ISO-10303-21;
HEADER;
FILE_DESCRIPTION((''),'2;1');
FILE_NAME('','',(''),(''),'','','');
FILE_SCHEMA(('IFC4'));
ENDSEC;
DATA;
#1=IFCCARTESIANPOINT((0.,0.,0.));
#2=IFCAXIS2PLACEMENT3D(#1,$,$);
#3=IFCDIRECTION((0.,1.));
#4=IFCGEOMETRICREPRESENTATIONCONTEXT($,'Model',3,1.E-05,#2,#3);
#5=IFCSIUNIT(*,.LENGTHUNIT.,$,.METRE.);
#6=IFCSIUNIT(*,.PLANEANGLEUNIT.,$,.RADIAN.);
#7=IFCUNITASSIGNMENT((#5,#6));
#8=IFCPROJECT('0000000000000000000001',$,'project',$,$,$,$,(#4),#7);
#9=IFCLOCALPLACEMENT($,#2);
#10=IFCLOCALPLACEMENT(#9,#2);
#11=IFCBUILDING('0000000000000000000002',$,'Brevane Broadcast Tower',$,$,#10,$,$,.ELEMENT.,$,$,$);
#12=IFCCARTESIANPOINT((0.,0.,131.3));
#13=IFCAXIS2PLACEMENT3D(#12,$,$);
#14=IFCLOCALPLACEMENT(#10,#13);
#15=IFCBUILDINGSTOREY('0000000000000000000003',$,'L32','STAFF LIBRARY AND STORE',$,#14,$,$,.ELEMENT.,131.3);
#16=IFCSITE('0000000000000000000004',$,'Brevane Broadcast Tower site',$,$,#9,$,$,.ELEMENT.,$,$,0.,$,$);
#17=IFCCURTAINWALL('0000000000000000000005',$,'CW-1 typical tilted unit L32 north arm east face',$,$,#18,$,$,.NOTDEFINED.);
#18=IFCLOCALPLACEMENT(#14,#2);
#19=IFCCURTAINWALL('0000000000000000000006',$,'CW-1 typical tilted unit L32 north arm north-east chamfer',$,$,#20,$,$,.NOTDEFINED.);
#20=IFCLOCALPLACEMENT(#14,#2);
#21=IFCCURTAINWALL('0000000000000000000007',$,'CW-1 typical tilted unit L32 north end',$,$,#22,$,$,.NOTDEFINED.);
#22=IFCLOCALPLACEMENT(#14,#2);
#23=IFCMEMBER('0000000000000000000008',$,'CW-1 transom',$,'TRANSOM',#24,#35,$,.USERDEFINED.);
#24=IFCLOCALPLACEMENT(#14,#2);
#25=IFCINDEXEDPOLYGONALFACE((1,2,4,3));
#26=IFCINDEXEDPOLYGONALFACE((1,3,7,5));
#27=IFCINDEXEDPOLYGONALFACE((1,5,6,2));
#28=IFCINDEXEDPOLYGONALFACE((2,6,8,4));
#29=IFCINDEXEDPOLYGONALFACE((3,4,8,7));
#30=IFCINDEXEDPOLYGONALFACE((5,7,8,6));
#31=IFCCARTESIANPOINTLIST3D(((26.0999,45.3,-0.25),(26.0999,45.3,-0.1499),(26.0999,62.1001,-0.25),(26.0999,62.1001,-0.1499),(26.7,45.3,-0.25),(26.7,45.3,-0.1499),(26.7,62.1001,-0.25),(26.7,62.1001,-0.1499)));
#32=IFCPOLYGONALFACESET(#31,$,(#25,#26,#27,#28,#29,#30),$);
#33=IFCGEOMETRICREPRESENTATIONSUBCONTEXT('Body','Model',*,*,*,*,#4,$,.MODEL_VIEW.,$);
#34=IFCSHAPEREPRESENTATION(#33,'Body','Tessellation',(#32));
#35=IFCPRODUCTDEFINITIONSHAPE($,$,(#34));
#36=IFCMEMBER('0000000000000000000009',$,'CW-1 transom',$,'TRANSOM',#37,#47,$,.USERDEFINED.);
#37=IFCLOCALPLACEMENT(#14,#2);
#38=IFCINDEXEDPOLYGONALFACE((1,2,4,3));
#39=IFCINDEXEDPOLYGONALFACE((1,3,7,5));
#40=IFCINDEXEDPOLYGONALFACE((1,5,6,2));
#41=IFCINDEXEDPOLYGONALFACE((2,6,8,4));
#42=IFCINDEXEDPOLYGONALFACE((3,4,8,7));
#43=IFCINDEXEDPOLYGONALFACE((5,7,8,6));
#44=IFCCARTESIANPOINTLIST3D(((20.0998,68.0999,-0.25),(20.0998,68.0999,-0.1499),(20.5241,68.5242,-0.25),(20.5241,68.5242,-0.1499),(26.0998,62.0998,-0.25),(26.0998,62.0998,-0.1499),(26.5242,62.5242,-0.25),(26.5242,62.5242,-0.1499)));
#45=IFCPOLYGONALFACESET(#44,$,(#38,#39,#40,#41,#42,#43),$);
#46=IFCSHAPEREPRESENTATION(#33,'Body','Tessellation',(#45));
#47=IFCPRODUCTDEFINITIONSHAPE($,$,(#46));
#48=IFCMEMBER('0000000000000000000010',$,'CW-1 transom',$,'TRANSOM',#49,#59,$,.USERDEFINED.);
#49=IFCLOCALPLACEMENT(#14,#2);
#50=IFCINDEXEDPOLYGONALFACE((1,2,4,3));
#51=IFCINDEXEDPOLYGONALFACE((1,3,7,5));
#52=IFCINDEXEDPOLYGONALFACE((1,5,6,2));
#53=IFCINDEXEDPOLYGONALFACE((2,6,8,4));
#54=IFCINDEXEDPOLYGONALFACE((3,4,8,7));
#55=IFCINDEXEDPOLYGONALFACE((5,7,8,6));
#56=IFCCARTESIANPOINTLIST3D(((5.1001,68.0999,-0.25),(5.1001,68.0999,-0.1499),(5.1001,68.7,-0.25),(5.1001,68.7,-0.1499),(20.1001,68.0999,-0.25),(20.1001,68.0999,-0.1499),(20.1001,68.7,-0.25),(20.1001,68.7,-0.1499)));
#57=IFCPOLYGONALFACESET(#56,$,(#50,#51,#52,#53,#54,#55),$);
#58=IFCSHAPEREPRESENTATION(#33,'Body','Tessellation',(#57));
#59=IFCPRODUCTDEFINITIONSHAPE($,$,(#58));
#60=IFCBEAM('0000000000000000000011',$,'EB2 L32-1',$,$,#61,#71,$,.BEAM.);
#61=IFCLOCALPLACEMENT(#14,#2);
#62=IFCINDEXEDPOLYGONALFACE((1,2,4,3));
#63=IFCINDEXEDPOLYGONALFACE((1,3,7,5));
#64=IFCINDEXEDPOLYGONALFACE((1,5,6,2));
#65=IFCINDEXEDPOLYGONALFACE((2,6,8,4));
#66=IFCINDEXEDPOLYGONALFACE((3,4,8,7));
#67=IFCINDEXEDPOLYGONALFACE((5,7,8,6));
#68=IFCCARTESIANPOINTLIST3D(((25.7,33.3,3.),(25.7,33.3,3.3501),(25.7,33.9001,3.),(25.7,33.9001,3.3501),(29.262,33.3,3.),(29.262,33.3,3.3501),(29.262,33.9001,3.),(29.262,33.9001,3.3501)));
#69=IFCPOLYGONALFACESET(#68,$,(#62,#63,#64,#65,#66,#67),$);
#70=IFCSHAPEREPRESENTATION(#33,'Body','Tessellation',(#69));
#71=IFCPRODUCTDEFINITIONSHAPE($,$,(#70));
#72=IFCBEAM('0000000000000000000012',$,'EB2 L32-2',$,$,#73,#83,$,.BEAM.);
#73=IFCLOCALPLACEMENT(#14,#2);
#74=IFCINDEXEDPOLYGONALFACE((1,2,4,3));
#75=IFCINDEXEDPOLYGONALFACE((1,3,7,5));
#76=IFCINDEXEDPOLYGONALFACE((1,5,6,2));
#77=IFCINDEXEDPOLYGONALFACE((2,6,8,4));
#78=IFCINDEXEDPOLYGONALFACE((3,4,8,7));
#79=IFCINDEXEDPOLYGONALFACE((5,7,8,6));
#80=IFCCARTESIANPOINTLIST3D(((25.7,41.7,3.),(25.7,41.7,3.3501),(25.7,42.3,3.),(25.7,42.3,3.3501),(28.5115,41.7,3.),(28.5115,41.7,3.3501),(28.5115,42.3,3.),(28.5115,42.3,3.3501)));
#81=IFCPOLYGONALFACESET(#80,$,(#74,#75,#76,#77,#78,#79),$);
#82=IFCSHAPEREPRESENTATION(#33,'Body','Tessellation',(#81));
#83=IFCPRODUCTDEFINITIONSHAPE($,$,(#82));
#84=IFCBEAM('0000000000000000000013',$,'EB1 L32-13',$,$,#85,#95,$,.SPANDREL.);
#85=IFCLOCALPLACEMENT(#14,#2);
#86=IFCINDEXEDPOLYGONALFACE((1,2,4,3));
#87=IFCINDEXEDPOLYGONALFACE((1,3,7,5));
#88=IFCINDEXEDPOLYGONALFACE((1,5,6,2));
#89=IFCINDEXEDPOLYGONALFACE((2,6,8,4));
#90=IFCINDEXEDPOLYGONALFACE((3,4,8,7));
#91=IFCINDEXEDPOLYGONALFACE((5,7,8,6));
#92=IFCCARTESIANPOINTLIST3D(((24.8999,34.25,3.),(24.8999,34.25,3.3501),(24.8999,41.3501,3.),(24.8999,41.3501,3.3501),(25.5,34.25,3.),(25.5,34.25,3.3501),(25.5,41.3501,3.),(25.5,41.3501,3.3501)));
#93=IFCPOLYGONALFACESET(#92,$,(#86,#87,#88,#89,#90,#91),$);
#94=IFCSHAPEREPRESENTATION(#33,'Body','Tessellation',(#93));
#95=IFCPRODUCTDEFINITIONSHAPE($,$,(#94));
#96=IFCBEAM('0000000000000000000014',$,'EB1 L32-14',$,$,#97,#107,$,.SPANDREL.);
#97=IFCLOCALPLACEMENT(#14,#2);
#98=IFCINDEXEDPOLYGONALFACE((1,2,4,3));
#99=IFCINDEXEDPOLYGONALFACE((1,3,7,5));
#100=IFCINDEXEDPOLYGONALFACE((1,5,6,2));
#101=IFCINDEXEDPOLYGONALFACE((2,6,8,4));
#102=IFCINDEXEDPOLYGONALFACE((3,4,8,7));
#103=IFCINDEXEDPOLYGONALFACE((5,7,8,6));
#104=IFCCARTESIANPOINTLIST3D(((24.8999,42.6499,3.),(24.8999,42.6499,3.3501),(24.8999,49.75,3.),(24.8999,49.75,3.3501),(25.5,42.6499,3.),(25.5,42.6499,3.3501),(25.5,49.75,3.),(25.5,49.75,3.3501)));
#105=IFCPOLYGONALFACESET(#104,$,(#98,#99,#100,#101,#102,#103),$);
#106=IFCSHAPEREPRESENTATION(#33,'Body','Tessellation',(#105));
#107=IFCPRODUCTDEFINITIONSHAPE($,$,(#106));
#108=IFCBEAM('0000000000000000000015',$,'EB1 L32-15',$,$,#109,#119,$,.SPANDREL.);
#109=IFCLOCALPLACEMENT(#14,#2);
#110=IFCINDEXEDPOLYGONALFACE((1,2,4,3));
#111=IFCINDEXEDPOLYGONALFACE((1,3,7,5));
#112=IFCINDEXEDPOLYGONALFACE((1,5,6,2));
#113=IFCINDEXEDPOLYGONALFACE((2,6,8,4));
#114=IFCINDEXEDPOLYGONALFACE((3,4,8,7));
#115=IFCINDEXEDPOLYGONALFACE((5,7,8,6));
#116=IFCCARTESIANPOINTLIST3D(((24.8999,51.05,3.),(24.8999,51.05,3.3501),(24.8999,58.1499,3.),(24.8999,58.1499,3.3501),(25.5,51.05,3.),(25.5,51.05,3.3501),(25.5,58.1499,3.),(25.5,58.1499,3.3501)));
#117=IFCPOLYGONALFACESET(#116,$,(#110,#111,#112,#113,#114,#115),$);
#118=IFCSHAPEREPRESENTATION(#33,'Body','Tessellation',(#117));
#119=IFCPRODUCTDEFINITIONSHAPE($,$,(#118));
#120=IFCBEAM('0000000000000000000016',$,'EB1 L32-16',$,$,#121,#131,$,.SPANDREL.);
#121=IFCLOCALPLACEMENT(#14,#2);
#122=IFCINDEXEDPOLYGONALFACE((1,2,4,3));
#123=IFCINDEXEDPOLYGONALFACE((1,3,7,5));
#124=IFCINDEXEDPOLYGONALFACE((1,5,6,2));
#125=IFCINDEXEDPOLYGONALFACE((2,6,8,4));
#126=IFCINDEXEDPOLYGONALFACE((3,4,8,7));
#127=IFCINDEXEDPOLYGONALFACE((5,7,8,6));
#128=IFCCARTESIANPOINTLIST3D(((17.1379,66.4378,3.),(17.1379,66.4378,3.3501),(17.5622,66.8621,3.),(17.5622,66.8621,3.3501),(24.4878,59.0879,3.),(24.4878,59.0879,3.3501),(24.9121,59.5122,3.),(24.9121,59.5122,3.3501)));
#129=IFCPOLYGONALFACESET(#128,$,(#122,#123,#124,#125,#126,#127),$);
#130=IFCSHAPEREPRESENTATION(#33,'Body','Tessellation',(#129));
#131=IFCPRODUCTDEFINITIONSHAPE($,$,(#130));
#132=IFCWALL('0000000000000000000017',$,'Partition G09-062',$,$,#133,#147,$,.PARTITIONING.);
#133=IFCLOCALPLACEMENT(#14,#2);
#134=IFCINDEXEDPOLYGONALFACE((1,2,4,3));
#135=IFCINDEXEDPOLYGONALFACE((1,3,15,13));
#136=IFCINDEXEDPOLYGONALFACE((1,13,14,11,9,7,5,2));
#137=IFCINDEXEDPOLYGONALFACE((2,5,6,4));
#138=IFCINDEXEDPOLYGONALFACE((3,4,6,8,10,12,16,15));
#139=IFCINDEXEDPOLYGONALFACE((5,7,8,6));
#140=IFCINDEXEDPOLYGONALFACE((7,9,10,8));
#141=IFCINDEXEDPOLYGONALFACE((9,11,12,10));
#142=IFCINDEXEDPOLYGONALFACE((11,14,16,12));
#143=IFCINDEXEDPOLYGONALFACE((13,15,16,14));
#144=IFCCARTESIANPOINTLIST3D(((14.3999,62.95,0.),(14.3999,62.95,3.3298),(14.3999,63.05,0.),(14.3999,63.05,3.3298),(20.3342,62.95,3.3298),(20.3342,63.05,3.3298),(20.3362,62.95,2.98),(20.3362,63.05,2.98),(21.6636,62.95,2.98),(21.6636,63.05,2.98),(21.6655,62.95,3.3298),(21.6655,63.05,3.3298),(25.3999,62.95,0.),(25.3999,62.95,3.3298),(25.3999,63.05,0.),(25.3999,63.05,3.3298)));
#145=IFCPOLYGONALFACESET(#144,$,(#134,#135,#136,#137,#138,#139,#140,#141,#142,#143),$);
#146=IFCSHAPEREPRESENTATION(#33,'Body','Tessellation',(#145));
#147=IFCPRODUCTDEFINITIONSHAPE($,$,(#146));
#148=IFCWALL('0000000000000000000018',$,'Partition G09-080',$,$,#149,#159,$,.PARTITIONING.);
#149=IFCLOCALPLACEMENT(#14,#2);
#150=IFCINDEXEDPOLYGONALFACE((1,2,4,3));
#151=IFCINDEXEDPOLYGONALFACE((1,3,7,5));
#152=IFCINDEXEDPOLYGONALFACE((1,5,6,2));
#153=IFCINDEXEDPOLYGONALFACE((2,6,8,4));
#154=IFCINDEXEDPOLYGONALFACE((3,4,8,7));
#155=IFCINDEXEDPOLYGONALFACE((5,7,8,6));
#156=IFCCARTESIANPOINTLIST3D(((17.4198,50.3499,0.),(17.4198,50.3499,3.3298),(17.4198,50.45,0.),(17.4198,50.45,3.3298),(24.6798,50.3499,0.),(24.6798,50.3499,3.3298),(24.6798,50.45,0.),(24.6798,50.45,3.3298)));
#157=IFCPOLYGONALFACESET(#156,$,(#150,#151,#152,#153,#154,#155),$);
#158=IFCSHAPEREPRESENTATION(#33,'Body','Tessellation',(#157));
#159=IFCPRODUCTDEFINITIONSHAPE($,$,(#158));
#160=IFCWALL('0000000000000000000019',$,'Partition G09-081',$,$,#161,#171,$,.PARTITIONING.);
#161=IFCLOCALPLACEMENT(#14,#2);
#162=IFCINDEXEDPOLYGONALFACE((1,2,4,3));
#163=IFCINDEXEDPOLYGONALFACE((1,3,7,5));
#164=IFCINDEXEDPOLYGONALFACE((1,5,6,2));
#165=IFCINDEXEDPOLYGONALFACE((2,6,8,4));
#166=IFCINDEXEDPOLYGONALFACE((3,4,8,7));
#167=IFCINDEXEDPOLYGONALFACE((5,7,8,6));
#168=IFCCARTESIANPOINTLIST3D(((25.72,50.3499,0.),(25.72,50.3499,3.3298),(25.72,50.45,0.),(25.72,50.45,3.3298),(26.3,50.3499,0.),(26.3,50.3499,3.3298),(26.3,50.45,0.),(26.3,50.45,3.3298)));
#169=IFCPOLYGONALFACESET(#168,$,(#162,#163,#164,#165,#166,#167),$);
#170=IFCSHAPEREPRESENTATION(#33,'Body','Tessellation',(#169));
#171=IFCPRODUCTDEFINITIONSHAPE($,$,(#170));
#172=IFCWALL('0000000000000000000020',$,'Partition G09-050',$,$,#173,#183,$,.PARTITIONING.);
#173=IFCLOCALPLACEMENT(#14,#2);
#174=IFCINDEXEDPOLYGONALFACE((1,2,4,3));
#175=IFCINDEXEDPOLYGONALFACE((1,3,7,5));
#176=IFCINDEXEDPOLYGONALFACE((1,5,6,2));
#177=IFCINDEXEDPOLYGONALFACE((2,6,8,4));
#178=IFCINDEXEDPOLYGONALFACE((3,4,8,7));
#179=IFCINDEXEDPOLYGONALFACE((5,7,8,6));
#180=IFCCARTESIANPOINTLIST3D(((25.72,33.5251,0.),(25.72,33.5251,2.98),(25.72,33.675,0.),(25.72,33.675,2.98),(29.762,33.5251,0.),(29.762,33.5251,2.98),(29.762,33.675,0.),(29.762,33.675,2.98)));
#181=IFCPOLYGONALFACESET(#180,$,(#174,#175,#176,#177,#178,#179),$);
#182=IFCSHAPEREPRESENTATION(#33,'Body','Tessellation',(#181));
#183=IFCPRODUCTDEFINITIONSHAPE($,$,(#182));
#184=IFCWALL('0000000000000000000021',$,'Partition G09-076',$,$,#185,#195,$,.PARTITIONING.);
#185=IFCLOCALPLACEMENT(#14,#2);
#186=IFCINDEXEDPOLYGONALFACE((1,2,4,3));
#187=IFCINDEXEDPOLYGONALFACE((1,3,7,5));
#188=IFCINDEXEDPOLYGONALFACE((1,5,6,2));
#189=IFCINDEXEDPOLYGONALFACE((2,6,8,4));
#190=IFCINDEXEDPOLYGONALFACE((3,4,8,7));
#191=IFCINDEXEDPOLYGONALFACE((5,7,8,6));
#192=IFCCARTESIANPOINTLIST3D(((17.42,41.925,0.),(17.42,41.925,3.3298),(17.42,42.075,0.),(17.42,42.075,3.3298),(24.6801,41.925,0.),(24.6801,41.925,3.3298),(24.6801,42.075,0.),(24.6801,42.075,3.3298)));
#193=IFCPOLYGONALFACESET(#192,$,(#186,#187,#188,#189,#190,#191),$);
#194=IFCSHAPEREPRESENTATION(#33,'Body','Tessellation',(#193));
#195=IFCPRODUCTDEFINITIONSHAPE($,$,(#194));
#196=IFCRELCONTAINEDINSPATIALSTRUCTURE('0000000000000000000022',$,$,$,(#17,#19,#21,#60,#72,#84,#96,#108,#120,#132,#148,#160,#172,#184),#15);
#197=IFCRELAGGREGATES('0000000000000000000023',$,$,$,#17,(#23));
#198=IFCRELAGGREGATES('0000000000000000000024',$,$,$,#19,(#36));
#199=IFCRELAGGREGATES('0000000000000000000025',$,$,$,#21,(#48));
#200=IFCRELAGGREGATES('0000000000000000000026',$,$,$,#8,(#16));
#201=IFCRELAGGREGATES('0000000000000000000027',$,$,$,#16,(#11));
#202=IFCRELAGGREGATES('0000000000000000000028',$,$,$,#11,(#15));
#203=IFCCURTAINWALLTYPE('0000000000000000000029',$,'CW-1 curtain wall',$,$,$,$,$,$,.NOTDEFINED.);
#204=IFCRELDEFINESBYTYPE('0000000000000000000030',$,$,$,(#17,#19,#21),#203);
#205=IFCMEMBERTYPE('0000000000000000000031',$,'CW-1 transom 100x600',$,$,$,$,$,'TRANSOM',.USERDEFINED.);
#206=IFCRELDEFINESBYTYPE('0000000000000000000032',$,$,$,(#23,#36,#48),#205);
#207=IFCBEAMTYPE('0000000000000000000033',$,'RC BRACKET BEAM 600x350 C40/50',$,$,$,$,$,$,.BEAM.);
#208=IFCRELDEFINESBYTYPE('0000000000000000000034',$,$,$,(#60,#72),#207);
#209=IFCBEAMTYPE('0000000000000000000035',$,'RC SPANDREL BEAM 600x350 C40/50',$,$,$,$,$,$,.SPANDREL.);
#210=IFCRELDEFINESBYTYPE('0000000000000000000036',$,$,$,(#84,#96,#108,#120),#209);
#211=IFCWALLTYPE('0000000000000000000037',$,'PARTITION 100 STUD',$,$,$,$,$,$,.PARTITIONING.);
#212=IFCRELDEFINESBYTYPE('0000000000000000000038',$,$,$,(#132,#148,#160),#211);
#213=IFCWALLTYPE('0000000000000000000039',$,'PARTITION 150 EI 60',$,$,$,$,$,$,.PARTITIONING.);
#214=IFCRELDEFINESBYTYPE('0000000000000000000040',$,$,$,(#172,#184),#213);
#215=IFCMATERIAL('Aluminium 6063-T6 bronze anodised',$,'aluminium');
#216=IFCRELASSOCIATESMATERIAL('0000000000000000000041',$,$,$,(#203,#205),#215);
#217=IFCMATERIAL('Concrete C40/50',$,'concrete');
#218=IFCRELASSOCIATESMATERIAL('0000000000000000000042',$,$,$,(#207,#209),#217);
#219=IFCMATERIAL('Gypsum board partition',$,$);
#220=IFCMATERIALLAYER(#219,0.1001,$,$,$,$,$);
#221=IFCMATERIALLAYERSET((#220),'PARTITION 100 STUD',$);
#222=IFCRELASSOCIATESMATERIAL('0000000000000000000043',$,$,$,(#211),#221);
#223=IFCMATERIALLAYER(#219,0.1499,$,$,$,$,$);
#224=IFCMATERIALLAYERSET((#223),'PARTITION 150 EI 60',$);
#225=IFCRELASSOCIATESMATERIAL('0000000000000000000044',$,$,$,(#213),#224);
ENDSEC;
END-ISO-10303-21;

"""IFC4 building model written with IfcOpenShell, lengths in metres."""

from ifc_helpers import new_model, si_unit, direction, frame, frame_2d, origin, origin_2d, place, context, subcontext, project, spatial, polyline, rectangle, outline, extrude, material, layer, layer_set, material_profile, profile_set, type_object, element, aggregate, save


model = new_model("IFC4")

# Units and contexts
model_context = context("Model", 3, precision=1e-05, world=origin(), true_north=direction((0.0, 1.0)))
body_context = subcontext(model_context, "Body", "Model", "MODEL_VIEW")
ifc_project = project(units=[si_unit("LENGTHUNIT", "METRE"), si_unit("PLANEANGLEUNIT", "RADIAN")], contexts=[model_context])

# Site, building, storey
site_placement = place(None, origin())
site = spatial("IfcSite", under=ifc_project, at=site_placement, Name="Brevane Broadcast Tower site", CompositionType="ELEMENT", RefElevation=0.0)
building_placement = place(site_placement, origin())
building = spatial("IfcBuilding", under=site, at=building_placement, Name="Brevane Broadcast Tower", CompositionType="ELEMENT")
storey_placement = place(building_placement, frame((0.0, 0.0, 131.3)))
storey = spatial("IfcBuildingStorey", under=building, at=storey_placement, Name="L32", Description="STAFF LIBRARY AND STORE", CompositionType="ELEMENT", Elevation=131.3)

# Curtain walls
ifc_material_1 = material(Name="Aluminium 6063-T6 bronze anodised", Category="aluminium")
curtain_wall_type = type_object("IfcCurtainWallType", Name="CW-1 curtain wall", PredefinedType="NOTDEFINED", material=ifc_material_1)
curtain_wall_1_placement = place(storey_placement, origin())
curtain_wall_1 = element("IfcCurtainWall", 1, at=curtain_wall_1_placement, inside=storey, type_object=curtain_wall_type, Name="CW-1 typical tilted unit L32 north arm east face", PredefinedType="NOTDEFINED")
curtain_wall_2_placement = place(storey_placement, origin())
curtain_wall_2 = element("IfcCurtainWall", 2, at=curtain_wall_2_placement, inside=storey, type_object=curtain_wall_type, Name="CW-1 typical tilted unit L32 north arm north-east chamfer", PredefinedType="NOTDEFINED")

# Curtain wall
curtain_wall_3_placement = place(storey_placement, origin())
curtain_wall_3 = element("IfcCurtainWall", 3, at=curtain_wall_3_placement, inside=storey, type_object=curtain_wall_type, Name="CW-1 typical tilted unit L32 north end", PredefinedType="NOTDEFINED")

# Members
ifc_material_profile_1 = material_profile(ifc_material_1, rectangle(XDim=0.6001, YDim=0.1001, at=origin_2d()), Name="RECT 100x600")
ifc_profile_set_1 = profile_set([ifc_material_profile_1], Name="Aluminium 6063-T6 bronze anodised")
member_type_1 = type_object("IfcMemberType", Name="CW-1 transom 100x600", ElementType="TRANSOM", PredefinedType="USERDEFINED", material=ifc_profile_set_1)
member_1_placement = place(storey_placement, frame((26.3999, 45.3, -0.2), z_axis=(0.0, 1.0, 0.0), x_axis=(-1.0, 0.0, 0.0)))
member_1 = element("IfcMember", 4, at=member_1_placement, type_object=member_type_1, Name="CW-1 transom", ObjectType="TRANSOM", PredefinedType="USERDEFINED", context=body_context, shape_type="SweptSolid", body=[
    extrude(rectangle(XDim=0.6001, YDim=0.1001, at=origin_2d()), origin(), (0.0, 0.0, 1.0), 16.8),
])
aggregate(curtain_wall_1, [member_1])
member_2_placement = place(storey_placement, frame((26.312, 62.312, -0.2), z_axis=(-0.707107, 0.707107, 0.0), x_axis=(-0.707107, -0.707107, 0.0)))
member_2 = element("IfcMember", 5, at=member_2_placement, type_object=member_type_1, Name="CW-1 transom", ObjectType="TRANSOM", PredefinedType="USERDEFINED", context=body_context, shape_type="SweptSolid", body=[
    extrude(rectangle(XDim=0.6001, YDim=0.1001, at=origin_2d()), origin(), (0.0, 0.0, 1.0), 8.4854),
])
aggregate(curtain_wall_2, [member_2])
member_3_placement = place(storey_placement, frame((20.1001, 68.3999, -0.2), z_axis=(-1.0, 0.0, 0.0), x_axis=(0.0, -1.0, 0.0)))
member_3 = element("IfcMember", 6, at=member_3_placement, type_object=member_type_1, Name="CW-1 transom", ObjectType="TRANSOM", PredefinedType="USERDEFINED", context=body_context, shape_type="SweptSolid", body=[
    extrude(rectangle(XDim=0.6001, YDim=0.1001, at=origin_2d()), origin(), (0.0, 0.0, 1.0), 15.0),
])
aggregate(curtain_wall_3, [member_3])

# Beams
ifc_material_2 = material(Name="Concrete C40/50", Category="concrete")
ifc_material_profile_2 = material_profile(ifc_material_2, rectangle(XDim=0.6001, YDim=0.3501, at=origin_2d()), Name="RC 600x350")
ifc_profile_set_2 = profile_set([ifc_material_profile_2], Name="Concrete C40/50")
beam_type_1 = type_object("IfcBeamType", Name="RC BRACKET BEAM 600x350 C40/50", PredefinedType="BEAM", material=ifc_profile_set_2)
beam_1_placement = place(storey_placement, frame((25.7, 33.6001, 3.175), z_axis=(1.0, 0.0, 0.0), x_axis=(0.0, 1.0, 0.0)))
element("IfcBeam", 7, at=beam_1_placement, inside=storey, type_object=beam_type_1, Name="EB2 L32-1", PredefinedType="BEAM", context=body_context, shape_type="SweptSolid", body=[
    extrude(rectangle(XDim=0.6001, YDim=0.3501, at=origin_2d()), origin(), (0.0, 0.0, 1.0), 3.562),
])
beam_2_placement = place(storey_placement, frame((25.7, 42.0, 3.175), z_axis=(1.0, 0.0, 0.0), x_axis=(0.0, 1.0, 0.0)))
element("IfcBeam", 8, at=beam_2_placement, inside=storey, type_object=beam_type_1, Name="EB2 L32-2", PredefinedType="BEAM", context=body_context, shape_type="SweptSolid", body=[
    extrude(rectangle(XDim=0.6001, YDim=0.3501, at=origin_2d()), origin(), (0.0, 0.0, 1.0), 2.8115),
])
ifc_material_profile_3 = material_profile(ifc_material_2, rectangle(XDim=0.6001, YDim=0.3501, at=origin_2d()), Name="RC 600x350")
ifc_profile_set_3 = profile_set([ifc_material_profile_3], Name="Concrete C40/50")
beam_type_2 = type_object("IfcBeamType", Name="RC SPANDREL BEAM 600x350 C40/50", PredefinedType="SPANDREL", material=ifc_profile_set_3)
for number, where, z_axis, x_axis, name in (
    (9, (25.2, 34.25, 3.175), (0.0, 1.0, 0.0), (-1.0, 0.0, 0.0), "EB1 L32-13"),
    (10, (25.2, 42.6499, 3.175), (0.0, 1.0, 0.0), (-1.0, 0.0, 0.0), "EB1 L32-14"),
):
    element("IfcBeam", number, at=place(storey_placement, frame(where, z_axis=z_axis, x_axis=x_axis)), inside=storey, type_object=beam_type_2, Name=name, PredefinedType="SPANDREL", context=body_context, shape_type="SweptSolid", body=[
        extrude(rectangle(XDim=0.6001, YDim=0.3501, at=origin_2d()), origin(), (0.0, 0.0, 1.0), 7.1001),
    ])
beam_3_placement = place(storey_placement, frame((25.2, 51.05, 3.175), z_axis=(0.0, 1.0, 0.0), x_axis=(-1.0, 0.0, 0.0)))
element("IfcBeam", 11, at=beam_3_placement, inside=storey, type_object=beam_type_2, Name="EB1 L32-15", PredefinedType="SPANDREL", context=body_context, shape_type="SweptSolid", body=[
    extrude(rectangle(XDim=0.6001, YDim=0.3501, at=origin_2d()), origin(), (0.0, 0.0, 1.0), 7.0999),
])
beam_4_placement = place(storey_placement, frame((24.7, 59.3, 3.175), z_axis=(-0.707107, 0.707107, 0.0), x_axis=(-0.707107, -0.707107, 0.0)))
element("IfcBeam", 12, at=beam_4_placement, inside=storey, type_object=beam_type_2, Name="EB1 L32-16", PredefinedType="SPANDREL", context=body_context, shape_type="SweptSolid", body=[
    extrude(rectangle(XDim=0.6001, YDim=0.3501, at=origin_2d()), origin(), (0.0, 0.0, 1.0), 10.3943),
])

# Walls
ifc_material_3 = material(Name="Gypsum board partition")
ifc_layer_1 = layer(ifc_material_3, 0.1001)
ifc_layer_set_1 = layer_set([ifc_layer_1], Name="PARTITION 100 STUD")
wall_type_1 = type_object("IfcWallType", Name="PARTITION 100 STUD", PredefinedType="PARTITIONING", material=ifc_layer_set_1)
wall_1_placement = place(storey_placement, frame((25.3999, 63.0, 0.0), z_axis=(0.0, 0.0, 1.0), x_axis=(-1.0, 0.0, 0.0)))
element("IfcWall", 13, at=wall_1_placement, inside=storey, type_object=wall_type_1, Name="Partition G09-062", PredefinedType="PARTITIONING", context=body_context, shape_type="SweptSolid", body=[
    extrude(outline(polyline([(0.0, 0.0), (11.0, 0.0), (11.0, 3.3298), (5.0657, 3.3298), (5.0637, 2.98), (3.7363, 2.98), (3.7344, 3.3298), (0.0, 3.3298), (0.0, 0.0)])), frame((0.0, 0.05, 0.0), z_axis=(0.0, -1.0, 0.0), x_axis=(1.0, 0.0, 0.0)), (0.0, 0.0, 1.0), 0.1001),
])
wall_2_placement = place(storey_placement, frame((17.4199, 50.3999, 0.0), z_axis=(0.0, 0.0, 1.0), x_axis=(1.0, 0.0, 0.0)))
element("IfcWall", 14, at=wall_2_placement, inside=storey, type_object=wall_type_1, Name="Partition G09-080", PredefinedType="PARTITIONING", context=body_context, shape_type="SweptSolid", body=[
    extrude(rectangle(XDim=7.26, YDim=0.1001, at=frame_2d((3.6299, 0.0))), origin(), (0.0, 0.0, 1.0), 3.3298),
])
wall_3_placement = place(storey_placement, frame((25.72, 50.3999, 0.0), z_axis=(0.0, 0.0, 1.0), x_axis=(1.0, 0.0, 0.0)))
element("IfcWall", 15, at=wall_3_placement, inside=storey, type_object=wall_type_1, Name="Partition G09-081", PredefinedType="PARTITIONING", context=body_context, shape_type="SweptSolid", body=[
    extrude(rectangle(XDim=0.5801, YDim=0.1001, at=frame_2d((0.29, 0.0))), origin(), (0.0, 0.0, 1.0), 3.3298),
])
ifc_layer_2 = layer(ifc_material_3, 0.1499)
ifc_layer_set_2 = layer_set([ifc_layer_2], Name="PARTITION 150 EI 60")
wall_type_2 = type_object("IfcWallType", Name="PARTITION 150 EI 60", PredefinedType="PARTITIONING", material=ifc_layer_set_2)
wall_4_placement = place(storey_placement, frame((25.72, 33.6001, 0.0), z_axis=(0.0, 0.0, 1.0), x_axis=(1.0, 0.0, 0.0)))
element("IfcWall", 16, at=wall_4_placement, inside=storey, type_object=wall_type_2, Name="Partition G09-050", PredefinedType="PARTITIONING", context=body_context, shape_type="SweptSolid", body=[
    extrude(rectangle(XDim=4.042, YDim=0.1499, at=frame_2d((2.021, 0.0))), origin(), (0.0, 0.0, 1.0), 2.98),
])
wall_5_placement = place(storey_placement, frame((24.6799, 42.0, 0.0), z_axis=(0.0, 0.0, 1.0), x_axis=(-1.0, 0.0, 0.0)))
element("IfcWall", 17, at=wall_5_placement, inside=storey, type_object=wall_type_2, Name="Partition G09-076", PredefinedType="PARTITIONING", context=body_context, shape_type="SweptSolid", body=[
    extrude(rectangle(XDim=7.26, YDim=0.1499, at=frame_2d((3.6299, 0.0))), origin(), (0.0, 0.0, 1.0), 3.3298),
])

save(model, "model.ifc")
